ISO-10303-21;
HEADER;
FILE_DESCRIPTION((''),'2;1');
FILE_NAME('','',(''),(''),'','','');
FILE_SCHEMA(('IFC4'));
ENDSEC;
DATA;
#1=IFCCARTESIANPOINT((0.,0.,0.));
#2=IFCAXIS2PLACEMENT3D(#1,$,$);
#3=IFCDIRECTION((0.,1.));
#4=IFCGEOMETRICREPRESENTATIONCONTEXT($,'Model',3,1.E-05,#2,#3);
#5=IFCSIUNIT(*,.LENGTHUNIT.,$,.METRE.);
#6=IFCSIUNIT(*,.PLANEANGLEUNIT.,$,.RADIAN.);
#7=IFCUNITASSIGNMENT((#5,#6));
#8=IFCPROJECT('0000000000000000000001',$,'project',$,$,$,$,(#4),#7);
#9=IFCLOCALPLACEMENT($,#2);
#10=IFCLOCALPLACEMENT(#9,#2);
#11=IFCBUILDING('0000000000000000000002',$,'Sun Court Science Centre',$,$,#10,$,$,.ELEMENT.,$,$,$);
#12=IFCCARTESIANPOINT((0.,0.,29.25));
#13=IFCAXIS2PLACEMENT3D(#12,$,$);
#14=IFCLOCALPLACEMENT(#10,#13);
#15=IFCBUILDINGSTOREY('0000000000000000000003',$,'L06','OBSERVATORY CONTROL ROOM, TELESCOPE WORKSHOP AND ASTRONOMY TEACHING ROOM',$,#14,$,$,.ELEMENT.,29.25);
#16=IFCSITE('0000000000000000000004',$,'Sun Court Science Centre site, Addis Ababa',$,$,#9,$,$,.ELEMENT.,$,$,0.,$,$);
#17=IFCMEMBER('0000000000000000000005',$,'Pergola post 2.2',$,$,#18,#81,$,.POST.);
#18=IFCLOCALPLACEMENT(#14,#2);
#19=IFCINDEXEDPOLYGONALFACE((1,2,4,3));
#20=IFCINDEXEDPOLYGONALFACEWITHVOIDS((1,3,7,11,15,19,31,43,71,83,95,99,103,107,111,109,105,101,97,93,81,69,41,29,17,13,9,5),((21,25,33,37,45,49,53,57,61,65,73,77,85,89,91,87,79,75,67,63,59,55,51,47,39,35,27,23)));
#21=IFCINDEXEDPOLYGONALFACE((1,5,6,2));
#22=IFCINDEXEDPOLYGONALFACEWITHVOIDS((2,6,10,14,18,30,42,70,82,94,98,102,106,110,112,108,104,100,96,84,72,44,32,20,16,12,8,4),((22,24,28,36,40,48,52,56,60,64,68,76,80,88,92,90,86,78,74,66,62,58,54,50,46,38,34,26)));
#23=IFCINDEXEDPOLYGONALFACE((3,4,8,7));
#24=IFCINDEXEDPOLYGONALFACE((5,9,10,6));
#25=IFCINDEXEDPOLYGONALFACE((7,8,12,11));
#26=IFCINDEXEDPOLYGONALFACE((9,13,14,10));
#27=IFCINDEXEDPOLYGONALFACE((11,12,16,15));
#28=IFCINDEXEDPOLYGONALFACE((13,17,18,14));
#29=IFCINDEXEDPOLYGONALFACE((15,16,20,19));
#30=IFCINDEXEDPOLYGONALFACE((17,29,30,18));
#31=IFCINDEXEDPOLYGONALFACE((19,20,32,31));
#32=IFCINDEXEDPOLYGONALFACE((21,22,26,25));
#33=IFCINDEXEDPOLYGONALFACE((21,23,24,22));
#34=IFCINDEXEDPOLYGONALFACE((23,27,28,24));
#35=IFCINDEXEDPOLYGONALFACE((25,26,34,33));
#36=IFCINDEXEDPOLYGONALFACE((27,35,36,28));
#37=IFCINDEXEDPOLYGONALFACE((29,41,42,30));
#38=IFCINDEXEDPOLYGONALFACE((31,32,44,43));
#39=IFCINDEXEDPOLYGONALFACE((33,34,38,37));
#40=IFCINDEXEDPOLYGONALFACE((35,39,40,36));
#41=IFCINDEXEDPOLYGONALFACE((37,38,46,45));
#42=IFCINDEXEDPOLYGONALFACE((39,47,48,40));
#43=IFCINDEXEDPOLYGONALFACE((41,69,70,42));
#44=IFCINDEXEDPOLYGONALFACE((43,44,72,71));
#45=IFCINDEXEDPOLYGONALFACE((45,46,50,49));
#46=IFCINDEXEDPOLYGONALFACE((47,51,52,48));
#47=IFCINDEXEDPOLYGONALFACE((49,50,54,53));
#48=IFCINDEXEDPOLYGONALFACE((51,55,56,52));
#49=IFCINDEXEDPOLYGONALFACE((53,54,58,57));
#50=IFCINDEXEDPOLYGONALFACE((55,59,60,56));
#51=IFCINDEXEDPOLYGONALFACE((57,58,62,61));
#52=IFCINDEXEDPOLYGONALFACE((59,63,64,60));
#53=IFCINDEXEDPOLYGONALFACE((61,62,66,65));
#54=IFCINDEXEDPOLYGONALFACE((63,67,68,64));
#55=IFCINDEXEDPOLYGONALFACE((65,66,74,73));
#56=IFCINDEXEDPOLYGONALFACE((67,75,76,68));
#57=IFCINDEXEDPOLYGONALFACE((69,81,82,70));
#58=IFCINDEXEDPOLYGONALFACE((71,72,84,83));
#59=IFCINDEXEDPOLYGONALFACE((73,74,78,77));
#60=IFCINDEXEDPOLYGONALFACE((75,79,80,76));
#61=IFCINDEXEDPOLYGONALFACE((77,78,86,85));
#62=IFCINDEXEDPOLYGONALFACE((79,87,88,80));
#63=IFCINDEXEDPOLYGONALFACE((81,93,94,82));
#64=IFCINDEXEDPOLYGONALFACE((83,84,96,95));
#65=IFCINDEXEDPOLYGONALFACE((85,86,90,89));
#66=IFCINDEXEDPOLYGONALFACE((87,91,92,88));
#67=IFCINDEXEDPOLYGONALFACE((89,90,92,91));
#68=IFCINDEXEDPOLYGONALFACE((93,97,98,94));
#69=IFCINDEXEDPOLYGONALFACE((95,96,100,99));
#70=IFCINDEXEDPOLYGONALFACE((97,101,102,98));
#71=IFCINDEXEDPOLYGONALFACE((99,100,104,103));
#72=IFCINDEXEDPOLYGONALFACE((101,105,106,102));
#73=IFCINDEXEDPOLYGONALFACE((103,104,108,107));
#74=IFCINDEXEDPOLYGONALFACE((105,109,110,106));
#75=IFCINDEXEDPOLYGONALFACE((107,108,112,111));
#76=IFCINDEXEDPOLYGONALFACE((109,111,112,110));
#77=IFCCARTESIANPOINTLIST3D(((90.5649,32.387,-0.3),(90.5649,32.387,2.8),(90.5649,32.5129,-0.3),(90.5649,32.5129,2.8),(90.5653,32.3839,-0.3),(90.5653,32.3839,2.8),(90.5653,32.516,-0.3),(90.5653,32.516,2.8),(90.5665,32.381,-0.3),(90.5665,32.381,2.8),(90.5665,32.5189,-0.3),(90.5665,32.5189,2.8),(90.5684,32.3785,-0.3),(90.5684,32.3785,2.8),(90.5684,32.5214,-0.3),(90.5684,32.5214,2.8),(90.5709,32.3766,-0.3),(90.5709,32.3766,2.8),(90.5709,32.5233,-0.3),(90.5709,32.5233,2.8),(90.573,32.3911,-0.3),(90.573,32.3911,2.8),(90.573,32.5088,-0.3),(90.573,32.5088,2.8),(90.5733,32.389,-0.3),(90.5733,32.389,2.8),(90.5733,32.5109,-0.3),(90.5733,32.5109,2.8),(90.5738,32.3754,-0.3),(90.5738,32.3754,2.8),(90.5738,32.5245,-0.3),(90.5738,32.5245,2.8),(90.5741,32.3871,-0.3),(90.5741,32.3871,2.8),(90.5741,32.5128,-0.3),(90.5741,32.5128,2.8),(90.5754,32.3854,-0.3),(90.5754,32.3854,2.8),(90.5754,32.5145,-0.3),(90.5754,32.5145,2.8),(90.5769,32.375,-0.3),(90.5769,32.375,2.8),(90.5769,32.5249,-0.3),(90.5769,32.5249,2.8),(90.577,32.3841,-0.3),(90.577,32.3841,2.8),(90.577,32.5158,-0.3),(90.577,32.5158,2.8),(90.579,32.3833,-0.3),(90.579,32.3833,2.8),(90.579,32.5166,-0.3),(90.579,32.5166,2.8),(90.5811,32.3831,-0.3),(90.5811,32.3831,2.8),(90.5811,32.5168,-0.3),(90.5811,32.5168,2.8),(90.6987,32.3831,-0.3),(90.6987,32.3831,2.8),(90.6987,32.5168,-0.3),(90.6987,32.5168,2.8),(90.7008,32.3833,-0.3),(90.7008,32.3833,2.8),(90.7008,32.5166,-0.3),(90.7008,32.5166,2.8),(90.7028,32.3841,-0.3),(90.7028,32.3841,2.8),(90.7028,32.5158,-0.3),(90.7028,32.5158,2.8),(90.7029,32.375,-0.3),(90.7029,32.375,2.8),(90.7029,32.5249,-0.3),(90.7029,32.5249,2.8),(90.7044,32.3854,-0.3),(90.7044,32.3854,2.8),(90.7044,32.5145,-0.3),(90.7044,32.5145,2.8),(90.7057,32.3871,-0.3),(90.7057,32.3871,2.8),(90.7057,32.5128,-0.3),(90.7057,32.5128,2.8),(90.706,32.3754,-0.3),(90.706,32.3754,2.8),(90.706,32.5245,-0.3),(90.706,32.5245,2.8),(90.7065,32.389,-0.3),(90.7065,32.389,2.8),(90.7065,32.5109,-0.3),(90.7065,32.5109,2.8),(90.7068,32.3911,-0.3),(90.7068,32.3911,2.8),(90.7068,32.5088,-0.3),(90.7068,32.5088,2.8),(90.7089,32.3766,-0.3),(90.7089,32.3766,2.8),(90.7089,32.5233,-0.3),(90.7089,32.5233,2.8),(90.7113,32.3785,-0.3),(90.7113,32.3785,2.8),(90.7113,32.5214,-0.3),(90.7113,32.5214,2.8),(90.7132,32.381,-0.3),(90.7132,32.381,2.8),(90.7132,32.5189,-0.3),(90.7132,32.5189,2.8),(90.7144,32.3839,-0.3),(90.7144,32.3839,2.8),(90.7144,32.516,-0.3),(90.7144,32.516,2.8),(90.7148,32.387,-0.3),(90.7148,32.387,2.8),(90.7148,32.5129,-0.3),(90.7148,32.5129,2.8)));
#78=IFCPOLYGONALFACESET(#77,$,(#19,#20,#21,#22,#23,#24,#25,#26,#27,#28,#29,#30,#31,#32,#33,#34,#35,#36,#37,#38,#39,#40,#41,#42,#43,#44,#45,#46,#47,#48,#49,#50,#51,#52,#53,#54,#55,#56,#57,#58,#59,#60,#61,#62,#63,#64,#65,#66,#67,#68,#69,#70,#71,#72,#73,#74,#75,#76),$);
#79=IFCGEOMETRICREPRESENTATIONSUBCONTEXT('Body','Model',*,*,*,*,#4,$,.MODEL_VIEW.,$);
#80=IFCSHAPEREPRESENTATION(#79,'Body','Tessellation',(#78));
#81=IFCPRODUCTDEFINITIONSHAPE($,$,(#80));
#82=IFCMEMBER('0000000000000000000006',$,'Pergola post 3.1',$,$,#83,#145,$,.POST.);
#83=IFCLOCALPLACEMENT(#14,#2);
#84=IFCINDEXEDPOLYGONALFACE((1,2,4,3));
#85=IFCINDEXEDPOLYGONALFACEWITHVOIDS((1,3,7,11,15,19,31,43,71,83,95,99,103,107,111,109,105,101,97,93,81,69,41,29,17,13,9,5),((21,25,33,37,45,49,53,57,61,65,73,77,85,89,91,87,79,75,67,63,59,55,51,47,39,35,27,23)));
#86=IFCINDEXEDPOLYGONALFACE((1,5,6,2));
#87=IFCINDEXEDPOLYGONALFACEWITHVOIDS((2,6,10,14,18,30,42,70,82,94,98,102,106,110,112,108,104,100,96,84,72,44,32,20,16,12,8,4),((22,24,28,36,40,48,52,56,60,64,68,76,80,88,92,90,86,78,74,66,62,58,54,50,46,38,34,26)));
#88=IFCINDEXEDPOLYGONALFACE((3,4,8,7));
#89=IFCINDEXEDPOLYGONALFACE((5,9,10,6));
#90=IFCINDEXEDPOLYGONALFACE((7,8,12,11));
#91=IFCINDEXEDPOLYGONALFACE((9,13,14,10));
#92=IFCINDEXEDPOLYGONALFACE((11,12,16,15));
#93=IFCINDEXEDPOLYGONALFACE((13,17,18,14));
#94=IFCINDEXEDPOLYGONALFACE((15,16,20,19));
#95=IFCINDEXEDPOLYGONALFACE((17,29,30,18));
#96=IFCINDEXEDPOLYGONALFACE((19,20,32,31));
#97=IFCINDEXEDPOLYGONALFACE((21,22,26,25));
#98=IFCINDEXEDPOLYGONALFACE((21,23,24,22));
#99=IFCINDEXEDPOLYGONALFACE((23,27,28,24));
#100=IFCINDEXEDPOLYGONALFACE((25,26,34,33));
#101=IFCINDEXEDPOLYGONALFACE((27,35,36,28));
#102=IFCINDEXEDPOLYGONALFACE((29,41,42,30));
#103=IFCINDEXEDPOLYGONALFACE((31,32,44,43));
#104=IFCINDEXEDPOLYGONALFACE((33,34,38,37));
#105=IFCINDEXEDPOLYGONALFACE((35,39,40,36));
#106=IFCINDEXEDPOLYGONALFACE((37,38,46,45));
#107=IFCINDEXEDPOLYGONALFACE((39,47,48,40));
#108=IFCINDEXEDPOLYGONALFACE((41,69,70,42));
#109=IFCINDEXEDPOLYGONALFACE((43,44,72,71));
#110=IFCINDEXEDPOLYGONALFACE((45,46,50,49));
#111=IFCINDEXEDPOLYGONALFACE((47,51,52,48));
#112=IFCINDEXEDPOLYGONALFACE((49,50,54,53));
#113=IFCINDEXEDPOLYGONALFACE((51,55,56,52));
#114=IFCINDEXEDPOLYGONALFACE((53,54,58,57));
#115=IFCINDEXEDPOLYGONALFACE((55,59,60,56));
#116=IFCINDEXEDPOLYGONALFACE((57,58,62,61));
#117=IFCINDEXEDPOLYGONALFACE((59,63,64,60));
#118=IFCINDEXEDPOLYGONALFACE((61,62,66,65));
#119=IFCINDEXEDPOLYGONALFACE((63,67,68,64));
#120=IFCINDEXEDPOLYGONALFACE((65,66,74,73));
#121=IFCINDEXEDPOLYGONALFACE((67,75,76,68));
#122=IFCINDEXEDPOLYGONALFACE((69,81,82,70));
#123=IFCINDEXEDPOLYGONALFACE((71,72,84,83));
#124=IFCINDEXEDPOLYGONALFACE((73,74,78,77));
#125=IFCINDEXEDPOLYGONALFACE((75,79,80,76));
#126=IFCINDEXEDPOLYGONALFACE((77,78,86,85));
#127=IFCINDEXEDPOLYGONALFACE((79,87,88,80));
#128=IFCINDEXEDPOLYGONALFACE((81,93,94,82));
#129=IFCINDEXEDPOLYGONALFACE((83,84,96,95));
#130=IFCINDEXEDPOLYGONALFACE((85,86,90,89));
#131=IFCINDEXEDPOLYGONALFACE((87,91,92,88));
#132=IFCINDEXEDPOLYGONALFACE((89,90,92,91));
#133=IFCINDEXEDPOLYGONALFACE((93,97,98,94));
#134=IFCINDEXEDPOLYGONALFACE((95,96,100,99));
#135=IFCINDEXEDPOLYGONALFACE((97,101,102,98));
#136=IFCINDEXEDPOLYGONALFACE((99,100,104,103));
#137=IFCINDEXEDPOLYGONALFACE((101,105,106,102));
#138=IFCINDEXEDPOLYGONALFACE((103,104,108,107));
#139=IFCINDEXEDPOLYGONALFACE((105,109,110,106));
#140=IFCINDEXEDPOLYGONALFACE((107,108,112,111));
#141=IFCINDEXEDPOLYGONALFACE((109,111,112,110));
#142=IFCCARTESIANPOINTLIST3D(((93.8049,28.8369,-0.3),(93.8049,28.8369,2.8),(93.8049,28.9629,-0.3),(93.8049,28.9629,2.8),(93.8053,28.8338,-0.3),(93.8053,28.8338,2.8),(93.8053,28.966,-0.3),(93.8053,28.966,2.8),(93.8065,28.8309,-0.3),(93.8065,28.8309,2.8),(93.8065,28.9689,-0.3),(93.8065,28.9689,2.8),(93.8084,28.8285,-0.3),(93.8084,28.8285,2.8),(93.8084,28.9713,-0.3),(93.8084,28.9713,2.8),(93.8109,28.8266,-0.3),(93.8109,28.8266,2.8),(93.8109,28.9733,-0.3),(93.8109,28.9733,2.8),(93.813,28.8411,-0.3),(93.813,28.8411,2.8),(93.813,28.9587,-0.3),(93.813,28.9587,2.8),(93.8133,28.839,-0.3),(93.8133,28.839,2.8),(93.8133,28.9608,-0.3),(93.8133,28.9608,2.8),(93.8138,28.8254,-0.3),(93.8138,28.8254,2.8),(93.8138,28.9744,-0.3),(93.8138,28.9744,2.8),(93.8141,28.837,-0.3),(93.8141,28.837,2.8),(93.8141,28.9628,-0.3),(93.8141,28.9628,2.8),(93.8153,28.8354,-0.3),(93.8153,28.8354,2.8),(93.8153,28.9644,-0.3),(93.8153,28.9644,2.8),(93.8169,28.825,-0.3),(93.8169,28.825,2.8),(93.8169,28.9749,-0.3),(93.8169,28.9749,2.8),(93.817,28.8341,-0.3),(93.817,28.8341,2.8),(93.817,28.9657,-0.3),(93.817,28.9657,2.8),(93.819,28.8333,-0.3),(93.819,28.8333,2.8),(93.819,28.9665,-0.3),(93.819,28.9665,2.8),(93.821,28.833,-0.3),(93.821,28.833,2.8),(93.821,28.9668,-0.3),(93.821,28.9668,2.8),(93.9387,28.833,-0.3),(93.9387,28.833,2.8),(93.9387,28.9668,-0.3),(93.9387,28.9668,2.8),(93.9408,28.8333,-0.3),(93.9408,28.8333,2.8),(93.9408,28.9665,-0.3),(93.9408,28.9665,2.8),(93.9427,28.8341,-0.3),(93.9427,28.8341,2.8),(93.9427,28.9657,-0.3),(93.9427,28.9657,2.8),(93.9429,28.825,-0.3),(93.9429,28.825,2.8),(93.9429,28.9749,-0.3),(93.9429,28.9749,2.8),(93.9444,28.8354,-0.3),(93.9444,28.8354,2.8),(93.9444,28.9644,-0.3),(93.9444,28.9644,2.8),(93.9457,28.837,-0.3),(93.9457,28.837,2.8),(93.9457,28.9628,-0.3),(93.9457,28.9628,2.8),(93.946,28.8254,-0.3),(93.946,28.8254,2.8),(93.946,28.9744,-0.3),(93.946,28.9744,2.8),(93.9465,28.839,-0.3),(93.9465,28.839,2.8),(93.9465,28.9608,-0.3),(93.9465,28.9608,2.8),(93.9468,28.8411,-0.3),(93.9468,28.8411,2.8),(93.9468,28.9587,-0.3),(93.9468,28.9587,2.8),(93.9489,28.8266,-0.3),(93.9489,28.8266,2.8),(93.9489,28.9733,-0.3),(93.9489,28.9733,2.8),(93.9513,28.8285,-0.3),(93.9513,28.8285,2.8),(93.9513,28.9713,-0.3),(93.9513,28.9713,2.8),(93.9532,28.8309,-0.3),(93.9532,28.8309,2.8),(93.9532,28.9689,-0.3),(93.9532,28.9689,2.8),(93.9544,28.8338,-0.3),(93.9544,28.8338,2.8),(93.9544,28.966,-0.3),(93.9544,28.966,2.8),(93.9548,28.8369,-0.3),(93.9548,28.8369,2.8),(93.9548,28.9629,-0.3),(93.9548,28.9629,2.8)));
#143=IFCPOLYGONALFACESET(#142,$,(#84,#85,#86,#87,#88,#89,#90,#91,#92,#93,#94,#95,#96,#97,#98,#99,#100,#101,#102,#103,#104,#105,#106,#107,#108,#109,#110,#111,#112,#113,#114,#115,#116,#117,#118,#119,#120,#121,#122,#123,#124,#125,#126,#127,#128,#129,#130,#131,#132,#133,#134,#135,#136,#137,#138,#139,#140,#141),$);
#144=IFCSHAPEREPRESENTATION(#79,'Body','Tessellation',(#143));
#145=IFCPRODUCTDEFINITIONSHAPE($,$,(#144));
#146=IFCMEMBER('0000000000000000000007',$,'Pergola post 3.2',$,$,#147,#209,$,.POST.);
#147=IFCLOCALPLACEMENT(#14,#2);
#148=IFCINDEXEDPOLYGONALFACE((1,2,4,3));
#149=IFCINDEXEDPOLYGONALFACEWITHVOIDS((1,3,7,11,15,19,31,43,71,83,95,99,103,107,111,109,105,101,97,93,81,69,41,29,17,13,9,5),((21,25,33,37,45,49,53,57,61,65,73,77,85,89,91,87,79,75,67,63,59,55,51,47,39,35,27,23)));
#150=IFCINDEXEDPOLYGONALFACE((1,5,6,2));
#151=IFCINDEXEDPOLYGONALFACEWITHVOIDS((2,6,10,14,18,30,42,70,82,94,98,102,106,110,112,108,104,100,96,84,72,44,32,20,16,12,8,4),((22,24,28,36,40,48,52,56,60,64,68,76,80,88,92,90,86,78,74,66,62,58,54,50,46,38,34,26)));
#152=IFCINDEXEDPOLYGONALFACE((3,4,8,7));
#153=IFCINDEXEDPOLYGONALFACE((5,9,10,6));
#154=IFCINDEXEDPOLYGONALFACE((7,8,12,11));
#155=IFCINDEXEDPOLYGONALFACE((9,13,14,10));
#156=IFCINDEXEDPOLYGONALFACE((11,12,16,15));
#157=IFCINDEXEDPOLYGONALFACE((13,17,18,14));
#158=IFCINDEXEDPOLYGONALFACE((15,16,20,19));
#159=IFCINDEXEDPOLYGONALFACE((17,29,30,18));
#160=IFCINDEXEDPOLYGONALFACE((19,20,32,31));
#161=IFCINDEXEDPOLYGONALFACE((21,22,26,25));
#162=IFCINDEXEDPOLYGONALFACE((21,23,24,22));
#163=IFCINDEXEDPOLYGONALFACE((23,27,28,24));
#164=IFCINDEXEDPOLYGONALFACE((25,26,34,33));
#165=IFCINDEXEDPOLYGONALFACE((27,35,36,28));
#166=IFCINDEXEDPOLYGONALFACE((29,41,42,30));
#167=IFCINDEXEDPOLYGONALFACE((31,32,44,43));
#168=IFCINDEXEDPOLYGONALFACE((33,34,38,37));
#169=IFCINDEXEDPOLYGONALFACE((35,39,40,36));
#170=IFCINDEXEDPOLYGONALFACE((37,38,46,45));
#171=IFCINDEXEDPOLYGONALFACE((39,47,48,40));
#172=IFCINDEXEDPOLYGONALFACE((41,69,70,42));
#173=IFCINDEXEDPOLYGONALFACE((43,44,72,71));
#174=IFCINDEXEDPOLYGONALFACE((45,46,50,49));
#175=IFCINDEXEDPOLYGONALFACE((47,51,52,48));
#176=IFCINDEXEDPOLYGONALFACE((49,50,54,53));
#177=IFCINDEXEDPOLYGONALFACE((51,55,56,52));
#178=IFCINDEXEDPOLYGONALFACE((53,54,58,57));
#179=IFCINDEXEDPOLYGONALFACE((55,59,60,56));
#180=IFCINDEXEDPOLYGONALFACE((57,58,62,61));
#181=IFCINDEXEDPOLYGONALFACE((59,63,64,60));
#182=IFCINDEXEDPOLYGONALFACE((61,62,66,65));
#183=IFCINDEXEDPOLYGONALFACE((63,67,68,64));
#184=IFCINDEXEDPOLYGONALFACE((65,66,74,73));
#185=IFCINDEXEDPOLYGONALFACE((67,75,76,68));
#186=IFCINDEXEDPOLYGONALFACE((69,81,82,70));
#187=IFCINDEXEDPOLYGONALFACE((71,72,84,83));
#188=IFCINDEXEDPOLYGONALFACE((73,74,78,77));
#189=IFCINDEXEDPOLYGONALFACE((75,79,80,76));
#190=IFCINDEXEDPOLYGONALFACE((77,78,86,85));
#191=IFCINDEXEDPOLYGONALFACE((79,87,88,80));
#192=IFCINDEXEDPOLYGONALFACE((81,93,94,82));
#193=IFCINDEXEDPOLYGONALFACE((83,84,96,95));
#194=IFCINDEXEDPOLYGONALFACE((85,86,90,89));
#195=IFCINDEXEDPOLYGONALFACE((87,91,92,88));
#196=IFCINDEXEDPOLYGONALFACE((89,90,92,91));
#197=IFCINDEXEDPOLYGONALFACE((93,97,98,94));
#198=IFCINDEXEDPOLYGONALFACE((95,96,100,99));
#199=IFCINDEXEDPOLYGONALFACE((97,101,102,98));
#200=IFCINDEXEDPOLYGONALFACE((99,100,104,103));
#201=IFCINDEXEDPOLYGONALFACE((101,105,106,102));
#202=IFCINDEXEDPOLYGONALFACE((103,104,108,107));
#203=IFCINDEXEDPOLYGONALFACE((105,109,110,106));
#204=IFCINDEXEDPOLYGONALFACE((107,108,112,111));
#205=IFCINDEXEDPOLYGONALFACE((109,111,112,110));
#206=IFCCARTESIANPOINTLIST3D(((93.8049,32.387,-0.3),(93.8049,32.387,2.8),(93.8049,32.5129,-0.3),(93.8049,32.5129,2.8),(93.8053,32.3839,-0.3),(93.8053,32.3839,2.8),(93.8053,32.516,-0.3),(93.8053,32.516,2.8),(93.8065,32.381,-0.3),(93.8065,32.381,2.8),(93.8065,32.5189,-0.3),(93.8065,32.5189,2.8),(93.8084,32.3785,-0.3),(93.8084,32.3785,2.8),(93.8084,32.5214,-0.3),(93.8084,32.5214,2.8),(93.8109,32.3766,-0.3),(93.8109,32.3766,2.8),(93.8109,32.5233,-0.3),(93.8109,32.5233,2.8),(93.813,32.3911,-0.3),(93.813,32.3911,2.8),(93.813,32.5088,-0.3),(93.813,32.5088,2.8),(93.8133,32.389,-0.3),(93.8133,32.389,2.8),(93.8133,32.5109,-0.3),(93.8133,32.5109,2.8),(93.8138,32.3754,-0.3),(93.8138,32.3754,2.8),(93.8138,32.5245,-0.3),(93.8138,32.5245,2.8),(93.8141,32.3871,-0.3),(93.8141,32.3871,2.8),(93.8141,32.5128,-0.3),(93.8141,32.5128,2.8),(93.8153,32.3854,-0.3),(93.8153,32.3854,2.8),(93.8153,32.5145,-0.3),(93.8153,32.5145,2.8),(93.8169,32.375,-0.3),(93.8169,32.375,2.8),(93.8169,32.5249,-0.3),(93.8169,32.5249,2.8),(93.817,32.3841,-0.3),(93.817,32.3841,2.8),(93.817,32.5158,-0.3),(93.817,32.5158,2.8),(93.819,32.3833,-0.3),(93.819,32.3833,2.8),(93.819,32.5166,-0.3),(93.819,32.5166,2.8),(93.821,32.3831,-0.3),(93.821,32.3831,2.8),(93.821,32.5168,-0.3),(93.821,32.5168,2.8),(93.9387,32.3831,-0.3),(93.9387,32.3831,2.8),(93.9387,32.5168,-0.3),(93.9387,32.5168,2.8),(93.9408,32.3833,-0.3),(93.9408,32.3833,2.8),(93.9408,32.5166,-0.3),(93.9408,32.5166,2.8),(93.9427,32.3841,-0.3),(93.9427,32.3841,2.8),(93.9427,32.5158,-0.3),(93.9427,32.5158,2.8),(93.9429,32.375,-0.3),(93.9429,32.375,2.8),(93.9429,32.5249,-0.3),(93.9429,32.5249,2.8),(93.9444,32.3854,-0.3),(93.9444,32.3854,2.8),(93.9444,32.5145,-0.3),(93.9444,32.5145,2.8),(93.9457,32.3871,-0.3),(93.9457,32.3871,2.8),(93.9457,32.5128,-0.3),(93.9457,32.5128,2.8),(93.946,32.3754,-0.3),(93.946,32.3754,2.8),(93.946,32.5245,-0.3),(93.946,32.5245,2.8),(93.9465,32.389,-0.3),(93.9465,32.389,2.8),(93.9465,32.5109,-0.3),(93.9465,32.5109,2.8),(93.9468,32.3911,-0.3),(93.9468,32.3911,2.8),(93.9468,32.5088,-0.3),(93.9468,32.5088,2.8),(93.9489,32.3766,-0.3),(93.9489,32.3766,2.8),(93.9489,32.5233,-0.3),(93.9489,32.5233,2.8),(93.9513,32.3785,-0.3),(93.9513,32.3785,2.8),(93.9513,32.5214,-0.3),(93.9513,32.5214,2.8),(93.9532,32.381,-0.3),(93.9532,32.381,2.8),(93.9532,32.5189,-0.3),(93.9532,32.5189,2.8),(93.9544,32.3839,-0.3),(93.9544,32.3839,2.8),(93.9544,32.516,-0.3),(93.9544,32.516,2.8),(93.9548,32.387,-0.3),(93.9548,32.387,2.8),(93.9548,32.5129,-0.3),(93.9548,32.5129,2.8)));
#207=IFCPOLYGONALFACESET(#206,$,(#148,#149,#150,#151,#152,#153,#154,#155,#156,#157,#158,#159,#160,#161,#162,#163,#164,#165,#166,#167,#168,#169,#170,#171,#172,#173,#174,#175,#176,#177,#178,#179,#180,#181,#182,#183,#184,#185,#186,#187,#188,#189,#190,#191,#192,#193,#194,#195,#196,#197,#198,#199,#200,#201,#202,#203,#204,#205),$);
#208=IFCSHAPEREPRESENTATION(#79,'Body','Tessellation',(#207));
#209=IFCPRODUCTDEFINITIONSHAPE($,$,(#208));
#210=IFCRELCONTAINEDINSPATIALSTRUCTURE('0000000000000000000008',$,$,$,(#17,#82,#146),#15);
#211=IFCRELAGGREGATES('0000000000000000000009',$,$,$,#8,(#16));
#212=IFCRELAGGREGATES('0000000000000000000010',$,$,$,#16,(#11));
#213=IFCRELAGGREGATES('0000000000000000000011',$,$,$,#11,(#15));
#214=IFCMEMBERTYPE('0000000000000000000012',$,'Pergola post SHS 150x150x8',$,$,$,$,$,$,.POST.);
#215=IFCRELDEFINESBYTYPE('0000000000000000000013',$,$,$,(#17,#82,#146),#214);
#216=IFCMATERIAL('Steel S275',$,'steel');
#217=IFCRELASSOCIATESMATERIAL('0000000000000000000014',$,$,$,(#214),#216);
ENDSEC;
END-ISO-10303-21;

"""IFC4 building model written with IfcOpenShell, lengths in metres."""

from ifc_helpers import new_model, si_unit, direction, frame, origin, origin_2d, place, context, subcontext, project, spatial, hollow_rectangle, extrude, material, material_profile, profile_set, type_object, element, save


model = new_model("IFC4")

# Units and contexts
model_context = context("Model", 3, precision=1e-05, world=origin(), true_north=direction((0.0, 1.0)))
body_context = subcontext(model_context, "Body", "Model", "MODEL_VIEW")
ifc_project = project(units=[si_unit("LENGTHUNIT", "METRE"), si_unit("PLANEANGLEUNIT", "RADIAN")], contexts=[model_context])

# Site, building, storey
site_placement = place(None, origin())
site = spatial("IfcSite", under=ifc_project, at=site_placement, Name="Sun Court Science Centre site, Addis Ababa", CompositionType="ELEMENT", RefElevation=0.0)
building_placement = place(site_placement, origin())
building = spatial("IfcBuilding", under=site, at=building_placement, Name="Sun Court Science Centre", CompositionType="ELEMENT")
storey_placement = place(building_placement, frame((0.0, 0.0, 29.25)))
storey = spatial("IfcBuildingStorey", under=building, at=storey_placement, Name="L06", Description="OBSERVATORY CONTROL ROOM, TELESCOPE WORKSHOP AND ASTRONOMY TEACHING ROOM", CompositionType="ELEMENT", Elevation=29.25)

# Members
ifc_material_1 = material(Name="Steel S275", Category="steel")
ifc_material_profile_1 = material_profile(ifc_material_1, hollow_rectangle(XDim=0.1499, YDim=0.1499, WallThickness=0.0081, InnerFilletRadius=0.0081, OuterFilletRadius=0.012, at=origin_2d()), Name="SHS 150x150x8")
ifc_profile_set_1 = profile_set([ifc_material_profile_1], Name="Steel S275")
member_type_1 = type_object("IfcMemberType", Name="Pergola post SHS 150x150x8", PredefinedType="POST", material=ifc_profile_set_1)
for number, where, z_axis, x_axis, name in (
    (1, (90.6399, 32.45, -0.3), (0.0, 0.0, 1.0), (1.0, 0.0, 0.0), "Pergola post 2.2"),
    (2, (93.8799, 28.8999, -0.3), (0.0, 0.0, 1.0), (1.0, 0.0, 0.0), "Pergola post 3.1"),
    (3, (93.8799, 32.45, -0.3), (0.0, 0.0, 1.0), (1.0, 0.0, 0.0), "Pergola post 3.2"),
):
    element("IfcMember", number, at=place(storey_placement, frame(where, z_axis=z_axis, x_axis=x_axis)), inside=storey, type_object=member_type_1, Name=name, PredefinedType="POST", context=body_context, shape_type="SweptSolid", body=[
        extrude(hollow_rectangle(XDim=0.1499, YDim=0.1499, WallThickness=0.0081, InnerFilletRadius=0.0081, OuterFilletRadius=0.012, at=origin_2d()), origin(), (0.0, 0.0, 1.0), 3.1001),
    ])

save(model, "model.ifc")
